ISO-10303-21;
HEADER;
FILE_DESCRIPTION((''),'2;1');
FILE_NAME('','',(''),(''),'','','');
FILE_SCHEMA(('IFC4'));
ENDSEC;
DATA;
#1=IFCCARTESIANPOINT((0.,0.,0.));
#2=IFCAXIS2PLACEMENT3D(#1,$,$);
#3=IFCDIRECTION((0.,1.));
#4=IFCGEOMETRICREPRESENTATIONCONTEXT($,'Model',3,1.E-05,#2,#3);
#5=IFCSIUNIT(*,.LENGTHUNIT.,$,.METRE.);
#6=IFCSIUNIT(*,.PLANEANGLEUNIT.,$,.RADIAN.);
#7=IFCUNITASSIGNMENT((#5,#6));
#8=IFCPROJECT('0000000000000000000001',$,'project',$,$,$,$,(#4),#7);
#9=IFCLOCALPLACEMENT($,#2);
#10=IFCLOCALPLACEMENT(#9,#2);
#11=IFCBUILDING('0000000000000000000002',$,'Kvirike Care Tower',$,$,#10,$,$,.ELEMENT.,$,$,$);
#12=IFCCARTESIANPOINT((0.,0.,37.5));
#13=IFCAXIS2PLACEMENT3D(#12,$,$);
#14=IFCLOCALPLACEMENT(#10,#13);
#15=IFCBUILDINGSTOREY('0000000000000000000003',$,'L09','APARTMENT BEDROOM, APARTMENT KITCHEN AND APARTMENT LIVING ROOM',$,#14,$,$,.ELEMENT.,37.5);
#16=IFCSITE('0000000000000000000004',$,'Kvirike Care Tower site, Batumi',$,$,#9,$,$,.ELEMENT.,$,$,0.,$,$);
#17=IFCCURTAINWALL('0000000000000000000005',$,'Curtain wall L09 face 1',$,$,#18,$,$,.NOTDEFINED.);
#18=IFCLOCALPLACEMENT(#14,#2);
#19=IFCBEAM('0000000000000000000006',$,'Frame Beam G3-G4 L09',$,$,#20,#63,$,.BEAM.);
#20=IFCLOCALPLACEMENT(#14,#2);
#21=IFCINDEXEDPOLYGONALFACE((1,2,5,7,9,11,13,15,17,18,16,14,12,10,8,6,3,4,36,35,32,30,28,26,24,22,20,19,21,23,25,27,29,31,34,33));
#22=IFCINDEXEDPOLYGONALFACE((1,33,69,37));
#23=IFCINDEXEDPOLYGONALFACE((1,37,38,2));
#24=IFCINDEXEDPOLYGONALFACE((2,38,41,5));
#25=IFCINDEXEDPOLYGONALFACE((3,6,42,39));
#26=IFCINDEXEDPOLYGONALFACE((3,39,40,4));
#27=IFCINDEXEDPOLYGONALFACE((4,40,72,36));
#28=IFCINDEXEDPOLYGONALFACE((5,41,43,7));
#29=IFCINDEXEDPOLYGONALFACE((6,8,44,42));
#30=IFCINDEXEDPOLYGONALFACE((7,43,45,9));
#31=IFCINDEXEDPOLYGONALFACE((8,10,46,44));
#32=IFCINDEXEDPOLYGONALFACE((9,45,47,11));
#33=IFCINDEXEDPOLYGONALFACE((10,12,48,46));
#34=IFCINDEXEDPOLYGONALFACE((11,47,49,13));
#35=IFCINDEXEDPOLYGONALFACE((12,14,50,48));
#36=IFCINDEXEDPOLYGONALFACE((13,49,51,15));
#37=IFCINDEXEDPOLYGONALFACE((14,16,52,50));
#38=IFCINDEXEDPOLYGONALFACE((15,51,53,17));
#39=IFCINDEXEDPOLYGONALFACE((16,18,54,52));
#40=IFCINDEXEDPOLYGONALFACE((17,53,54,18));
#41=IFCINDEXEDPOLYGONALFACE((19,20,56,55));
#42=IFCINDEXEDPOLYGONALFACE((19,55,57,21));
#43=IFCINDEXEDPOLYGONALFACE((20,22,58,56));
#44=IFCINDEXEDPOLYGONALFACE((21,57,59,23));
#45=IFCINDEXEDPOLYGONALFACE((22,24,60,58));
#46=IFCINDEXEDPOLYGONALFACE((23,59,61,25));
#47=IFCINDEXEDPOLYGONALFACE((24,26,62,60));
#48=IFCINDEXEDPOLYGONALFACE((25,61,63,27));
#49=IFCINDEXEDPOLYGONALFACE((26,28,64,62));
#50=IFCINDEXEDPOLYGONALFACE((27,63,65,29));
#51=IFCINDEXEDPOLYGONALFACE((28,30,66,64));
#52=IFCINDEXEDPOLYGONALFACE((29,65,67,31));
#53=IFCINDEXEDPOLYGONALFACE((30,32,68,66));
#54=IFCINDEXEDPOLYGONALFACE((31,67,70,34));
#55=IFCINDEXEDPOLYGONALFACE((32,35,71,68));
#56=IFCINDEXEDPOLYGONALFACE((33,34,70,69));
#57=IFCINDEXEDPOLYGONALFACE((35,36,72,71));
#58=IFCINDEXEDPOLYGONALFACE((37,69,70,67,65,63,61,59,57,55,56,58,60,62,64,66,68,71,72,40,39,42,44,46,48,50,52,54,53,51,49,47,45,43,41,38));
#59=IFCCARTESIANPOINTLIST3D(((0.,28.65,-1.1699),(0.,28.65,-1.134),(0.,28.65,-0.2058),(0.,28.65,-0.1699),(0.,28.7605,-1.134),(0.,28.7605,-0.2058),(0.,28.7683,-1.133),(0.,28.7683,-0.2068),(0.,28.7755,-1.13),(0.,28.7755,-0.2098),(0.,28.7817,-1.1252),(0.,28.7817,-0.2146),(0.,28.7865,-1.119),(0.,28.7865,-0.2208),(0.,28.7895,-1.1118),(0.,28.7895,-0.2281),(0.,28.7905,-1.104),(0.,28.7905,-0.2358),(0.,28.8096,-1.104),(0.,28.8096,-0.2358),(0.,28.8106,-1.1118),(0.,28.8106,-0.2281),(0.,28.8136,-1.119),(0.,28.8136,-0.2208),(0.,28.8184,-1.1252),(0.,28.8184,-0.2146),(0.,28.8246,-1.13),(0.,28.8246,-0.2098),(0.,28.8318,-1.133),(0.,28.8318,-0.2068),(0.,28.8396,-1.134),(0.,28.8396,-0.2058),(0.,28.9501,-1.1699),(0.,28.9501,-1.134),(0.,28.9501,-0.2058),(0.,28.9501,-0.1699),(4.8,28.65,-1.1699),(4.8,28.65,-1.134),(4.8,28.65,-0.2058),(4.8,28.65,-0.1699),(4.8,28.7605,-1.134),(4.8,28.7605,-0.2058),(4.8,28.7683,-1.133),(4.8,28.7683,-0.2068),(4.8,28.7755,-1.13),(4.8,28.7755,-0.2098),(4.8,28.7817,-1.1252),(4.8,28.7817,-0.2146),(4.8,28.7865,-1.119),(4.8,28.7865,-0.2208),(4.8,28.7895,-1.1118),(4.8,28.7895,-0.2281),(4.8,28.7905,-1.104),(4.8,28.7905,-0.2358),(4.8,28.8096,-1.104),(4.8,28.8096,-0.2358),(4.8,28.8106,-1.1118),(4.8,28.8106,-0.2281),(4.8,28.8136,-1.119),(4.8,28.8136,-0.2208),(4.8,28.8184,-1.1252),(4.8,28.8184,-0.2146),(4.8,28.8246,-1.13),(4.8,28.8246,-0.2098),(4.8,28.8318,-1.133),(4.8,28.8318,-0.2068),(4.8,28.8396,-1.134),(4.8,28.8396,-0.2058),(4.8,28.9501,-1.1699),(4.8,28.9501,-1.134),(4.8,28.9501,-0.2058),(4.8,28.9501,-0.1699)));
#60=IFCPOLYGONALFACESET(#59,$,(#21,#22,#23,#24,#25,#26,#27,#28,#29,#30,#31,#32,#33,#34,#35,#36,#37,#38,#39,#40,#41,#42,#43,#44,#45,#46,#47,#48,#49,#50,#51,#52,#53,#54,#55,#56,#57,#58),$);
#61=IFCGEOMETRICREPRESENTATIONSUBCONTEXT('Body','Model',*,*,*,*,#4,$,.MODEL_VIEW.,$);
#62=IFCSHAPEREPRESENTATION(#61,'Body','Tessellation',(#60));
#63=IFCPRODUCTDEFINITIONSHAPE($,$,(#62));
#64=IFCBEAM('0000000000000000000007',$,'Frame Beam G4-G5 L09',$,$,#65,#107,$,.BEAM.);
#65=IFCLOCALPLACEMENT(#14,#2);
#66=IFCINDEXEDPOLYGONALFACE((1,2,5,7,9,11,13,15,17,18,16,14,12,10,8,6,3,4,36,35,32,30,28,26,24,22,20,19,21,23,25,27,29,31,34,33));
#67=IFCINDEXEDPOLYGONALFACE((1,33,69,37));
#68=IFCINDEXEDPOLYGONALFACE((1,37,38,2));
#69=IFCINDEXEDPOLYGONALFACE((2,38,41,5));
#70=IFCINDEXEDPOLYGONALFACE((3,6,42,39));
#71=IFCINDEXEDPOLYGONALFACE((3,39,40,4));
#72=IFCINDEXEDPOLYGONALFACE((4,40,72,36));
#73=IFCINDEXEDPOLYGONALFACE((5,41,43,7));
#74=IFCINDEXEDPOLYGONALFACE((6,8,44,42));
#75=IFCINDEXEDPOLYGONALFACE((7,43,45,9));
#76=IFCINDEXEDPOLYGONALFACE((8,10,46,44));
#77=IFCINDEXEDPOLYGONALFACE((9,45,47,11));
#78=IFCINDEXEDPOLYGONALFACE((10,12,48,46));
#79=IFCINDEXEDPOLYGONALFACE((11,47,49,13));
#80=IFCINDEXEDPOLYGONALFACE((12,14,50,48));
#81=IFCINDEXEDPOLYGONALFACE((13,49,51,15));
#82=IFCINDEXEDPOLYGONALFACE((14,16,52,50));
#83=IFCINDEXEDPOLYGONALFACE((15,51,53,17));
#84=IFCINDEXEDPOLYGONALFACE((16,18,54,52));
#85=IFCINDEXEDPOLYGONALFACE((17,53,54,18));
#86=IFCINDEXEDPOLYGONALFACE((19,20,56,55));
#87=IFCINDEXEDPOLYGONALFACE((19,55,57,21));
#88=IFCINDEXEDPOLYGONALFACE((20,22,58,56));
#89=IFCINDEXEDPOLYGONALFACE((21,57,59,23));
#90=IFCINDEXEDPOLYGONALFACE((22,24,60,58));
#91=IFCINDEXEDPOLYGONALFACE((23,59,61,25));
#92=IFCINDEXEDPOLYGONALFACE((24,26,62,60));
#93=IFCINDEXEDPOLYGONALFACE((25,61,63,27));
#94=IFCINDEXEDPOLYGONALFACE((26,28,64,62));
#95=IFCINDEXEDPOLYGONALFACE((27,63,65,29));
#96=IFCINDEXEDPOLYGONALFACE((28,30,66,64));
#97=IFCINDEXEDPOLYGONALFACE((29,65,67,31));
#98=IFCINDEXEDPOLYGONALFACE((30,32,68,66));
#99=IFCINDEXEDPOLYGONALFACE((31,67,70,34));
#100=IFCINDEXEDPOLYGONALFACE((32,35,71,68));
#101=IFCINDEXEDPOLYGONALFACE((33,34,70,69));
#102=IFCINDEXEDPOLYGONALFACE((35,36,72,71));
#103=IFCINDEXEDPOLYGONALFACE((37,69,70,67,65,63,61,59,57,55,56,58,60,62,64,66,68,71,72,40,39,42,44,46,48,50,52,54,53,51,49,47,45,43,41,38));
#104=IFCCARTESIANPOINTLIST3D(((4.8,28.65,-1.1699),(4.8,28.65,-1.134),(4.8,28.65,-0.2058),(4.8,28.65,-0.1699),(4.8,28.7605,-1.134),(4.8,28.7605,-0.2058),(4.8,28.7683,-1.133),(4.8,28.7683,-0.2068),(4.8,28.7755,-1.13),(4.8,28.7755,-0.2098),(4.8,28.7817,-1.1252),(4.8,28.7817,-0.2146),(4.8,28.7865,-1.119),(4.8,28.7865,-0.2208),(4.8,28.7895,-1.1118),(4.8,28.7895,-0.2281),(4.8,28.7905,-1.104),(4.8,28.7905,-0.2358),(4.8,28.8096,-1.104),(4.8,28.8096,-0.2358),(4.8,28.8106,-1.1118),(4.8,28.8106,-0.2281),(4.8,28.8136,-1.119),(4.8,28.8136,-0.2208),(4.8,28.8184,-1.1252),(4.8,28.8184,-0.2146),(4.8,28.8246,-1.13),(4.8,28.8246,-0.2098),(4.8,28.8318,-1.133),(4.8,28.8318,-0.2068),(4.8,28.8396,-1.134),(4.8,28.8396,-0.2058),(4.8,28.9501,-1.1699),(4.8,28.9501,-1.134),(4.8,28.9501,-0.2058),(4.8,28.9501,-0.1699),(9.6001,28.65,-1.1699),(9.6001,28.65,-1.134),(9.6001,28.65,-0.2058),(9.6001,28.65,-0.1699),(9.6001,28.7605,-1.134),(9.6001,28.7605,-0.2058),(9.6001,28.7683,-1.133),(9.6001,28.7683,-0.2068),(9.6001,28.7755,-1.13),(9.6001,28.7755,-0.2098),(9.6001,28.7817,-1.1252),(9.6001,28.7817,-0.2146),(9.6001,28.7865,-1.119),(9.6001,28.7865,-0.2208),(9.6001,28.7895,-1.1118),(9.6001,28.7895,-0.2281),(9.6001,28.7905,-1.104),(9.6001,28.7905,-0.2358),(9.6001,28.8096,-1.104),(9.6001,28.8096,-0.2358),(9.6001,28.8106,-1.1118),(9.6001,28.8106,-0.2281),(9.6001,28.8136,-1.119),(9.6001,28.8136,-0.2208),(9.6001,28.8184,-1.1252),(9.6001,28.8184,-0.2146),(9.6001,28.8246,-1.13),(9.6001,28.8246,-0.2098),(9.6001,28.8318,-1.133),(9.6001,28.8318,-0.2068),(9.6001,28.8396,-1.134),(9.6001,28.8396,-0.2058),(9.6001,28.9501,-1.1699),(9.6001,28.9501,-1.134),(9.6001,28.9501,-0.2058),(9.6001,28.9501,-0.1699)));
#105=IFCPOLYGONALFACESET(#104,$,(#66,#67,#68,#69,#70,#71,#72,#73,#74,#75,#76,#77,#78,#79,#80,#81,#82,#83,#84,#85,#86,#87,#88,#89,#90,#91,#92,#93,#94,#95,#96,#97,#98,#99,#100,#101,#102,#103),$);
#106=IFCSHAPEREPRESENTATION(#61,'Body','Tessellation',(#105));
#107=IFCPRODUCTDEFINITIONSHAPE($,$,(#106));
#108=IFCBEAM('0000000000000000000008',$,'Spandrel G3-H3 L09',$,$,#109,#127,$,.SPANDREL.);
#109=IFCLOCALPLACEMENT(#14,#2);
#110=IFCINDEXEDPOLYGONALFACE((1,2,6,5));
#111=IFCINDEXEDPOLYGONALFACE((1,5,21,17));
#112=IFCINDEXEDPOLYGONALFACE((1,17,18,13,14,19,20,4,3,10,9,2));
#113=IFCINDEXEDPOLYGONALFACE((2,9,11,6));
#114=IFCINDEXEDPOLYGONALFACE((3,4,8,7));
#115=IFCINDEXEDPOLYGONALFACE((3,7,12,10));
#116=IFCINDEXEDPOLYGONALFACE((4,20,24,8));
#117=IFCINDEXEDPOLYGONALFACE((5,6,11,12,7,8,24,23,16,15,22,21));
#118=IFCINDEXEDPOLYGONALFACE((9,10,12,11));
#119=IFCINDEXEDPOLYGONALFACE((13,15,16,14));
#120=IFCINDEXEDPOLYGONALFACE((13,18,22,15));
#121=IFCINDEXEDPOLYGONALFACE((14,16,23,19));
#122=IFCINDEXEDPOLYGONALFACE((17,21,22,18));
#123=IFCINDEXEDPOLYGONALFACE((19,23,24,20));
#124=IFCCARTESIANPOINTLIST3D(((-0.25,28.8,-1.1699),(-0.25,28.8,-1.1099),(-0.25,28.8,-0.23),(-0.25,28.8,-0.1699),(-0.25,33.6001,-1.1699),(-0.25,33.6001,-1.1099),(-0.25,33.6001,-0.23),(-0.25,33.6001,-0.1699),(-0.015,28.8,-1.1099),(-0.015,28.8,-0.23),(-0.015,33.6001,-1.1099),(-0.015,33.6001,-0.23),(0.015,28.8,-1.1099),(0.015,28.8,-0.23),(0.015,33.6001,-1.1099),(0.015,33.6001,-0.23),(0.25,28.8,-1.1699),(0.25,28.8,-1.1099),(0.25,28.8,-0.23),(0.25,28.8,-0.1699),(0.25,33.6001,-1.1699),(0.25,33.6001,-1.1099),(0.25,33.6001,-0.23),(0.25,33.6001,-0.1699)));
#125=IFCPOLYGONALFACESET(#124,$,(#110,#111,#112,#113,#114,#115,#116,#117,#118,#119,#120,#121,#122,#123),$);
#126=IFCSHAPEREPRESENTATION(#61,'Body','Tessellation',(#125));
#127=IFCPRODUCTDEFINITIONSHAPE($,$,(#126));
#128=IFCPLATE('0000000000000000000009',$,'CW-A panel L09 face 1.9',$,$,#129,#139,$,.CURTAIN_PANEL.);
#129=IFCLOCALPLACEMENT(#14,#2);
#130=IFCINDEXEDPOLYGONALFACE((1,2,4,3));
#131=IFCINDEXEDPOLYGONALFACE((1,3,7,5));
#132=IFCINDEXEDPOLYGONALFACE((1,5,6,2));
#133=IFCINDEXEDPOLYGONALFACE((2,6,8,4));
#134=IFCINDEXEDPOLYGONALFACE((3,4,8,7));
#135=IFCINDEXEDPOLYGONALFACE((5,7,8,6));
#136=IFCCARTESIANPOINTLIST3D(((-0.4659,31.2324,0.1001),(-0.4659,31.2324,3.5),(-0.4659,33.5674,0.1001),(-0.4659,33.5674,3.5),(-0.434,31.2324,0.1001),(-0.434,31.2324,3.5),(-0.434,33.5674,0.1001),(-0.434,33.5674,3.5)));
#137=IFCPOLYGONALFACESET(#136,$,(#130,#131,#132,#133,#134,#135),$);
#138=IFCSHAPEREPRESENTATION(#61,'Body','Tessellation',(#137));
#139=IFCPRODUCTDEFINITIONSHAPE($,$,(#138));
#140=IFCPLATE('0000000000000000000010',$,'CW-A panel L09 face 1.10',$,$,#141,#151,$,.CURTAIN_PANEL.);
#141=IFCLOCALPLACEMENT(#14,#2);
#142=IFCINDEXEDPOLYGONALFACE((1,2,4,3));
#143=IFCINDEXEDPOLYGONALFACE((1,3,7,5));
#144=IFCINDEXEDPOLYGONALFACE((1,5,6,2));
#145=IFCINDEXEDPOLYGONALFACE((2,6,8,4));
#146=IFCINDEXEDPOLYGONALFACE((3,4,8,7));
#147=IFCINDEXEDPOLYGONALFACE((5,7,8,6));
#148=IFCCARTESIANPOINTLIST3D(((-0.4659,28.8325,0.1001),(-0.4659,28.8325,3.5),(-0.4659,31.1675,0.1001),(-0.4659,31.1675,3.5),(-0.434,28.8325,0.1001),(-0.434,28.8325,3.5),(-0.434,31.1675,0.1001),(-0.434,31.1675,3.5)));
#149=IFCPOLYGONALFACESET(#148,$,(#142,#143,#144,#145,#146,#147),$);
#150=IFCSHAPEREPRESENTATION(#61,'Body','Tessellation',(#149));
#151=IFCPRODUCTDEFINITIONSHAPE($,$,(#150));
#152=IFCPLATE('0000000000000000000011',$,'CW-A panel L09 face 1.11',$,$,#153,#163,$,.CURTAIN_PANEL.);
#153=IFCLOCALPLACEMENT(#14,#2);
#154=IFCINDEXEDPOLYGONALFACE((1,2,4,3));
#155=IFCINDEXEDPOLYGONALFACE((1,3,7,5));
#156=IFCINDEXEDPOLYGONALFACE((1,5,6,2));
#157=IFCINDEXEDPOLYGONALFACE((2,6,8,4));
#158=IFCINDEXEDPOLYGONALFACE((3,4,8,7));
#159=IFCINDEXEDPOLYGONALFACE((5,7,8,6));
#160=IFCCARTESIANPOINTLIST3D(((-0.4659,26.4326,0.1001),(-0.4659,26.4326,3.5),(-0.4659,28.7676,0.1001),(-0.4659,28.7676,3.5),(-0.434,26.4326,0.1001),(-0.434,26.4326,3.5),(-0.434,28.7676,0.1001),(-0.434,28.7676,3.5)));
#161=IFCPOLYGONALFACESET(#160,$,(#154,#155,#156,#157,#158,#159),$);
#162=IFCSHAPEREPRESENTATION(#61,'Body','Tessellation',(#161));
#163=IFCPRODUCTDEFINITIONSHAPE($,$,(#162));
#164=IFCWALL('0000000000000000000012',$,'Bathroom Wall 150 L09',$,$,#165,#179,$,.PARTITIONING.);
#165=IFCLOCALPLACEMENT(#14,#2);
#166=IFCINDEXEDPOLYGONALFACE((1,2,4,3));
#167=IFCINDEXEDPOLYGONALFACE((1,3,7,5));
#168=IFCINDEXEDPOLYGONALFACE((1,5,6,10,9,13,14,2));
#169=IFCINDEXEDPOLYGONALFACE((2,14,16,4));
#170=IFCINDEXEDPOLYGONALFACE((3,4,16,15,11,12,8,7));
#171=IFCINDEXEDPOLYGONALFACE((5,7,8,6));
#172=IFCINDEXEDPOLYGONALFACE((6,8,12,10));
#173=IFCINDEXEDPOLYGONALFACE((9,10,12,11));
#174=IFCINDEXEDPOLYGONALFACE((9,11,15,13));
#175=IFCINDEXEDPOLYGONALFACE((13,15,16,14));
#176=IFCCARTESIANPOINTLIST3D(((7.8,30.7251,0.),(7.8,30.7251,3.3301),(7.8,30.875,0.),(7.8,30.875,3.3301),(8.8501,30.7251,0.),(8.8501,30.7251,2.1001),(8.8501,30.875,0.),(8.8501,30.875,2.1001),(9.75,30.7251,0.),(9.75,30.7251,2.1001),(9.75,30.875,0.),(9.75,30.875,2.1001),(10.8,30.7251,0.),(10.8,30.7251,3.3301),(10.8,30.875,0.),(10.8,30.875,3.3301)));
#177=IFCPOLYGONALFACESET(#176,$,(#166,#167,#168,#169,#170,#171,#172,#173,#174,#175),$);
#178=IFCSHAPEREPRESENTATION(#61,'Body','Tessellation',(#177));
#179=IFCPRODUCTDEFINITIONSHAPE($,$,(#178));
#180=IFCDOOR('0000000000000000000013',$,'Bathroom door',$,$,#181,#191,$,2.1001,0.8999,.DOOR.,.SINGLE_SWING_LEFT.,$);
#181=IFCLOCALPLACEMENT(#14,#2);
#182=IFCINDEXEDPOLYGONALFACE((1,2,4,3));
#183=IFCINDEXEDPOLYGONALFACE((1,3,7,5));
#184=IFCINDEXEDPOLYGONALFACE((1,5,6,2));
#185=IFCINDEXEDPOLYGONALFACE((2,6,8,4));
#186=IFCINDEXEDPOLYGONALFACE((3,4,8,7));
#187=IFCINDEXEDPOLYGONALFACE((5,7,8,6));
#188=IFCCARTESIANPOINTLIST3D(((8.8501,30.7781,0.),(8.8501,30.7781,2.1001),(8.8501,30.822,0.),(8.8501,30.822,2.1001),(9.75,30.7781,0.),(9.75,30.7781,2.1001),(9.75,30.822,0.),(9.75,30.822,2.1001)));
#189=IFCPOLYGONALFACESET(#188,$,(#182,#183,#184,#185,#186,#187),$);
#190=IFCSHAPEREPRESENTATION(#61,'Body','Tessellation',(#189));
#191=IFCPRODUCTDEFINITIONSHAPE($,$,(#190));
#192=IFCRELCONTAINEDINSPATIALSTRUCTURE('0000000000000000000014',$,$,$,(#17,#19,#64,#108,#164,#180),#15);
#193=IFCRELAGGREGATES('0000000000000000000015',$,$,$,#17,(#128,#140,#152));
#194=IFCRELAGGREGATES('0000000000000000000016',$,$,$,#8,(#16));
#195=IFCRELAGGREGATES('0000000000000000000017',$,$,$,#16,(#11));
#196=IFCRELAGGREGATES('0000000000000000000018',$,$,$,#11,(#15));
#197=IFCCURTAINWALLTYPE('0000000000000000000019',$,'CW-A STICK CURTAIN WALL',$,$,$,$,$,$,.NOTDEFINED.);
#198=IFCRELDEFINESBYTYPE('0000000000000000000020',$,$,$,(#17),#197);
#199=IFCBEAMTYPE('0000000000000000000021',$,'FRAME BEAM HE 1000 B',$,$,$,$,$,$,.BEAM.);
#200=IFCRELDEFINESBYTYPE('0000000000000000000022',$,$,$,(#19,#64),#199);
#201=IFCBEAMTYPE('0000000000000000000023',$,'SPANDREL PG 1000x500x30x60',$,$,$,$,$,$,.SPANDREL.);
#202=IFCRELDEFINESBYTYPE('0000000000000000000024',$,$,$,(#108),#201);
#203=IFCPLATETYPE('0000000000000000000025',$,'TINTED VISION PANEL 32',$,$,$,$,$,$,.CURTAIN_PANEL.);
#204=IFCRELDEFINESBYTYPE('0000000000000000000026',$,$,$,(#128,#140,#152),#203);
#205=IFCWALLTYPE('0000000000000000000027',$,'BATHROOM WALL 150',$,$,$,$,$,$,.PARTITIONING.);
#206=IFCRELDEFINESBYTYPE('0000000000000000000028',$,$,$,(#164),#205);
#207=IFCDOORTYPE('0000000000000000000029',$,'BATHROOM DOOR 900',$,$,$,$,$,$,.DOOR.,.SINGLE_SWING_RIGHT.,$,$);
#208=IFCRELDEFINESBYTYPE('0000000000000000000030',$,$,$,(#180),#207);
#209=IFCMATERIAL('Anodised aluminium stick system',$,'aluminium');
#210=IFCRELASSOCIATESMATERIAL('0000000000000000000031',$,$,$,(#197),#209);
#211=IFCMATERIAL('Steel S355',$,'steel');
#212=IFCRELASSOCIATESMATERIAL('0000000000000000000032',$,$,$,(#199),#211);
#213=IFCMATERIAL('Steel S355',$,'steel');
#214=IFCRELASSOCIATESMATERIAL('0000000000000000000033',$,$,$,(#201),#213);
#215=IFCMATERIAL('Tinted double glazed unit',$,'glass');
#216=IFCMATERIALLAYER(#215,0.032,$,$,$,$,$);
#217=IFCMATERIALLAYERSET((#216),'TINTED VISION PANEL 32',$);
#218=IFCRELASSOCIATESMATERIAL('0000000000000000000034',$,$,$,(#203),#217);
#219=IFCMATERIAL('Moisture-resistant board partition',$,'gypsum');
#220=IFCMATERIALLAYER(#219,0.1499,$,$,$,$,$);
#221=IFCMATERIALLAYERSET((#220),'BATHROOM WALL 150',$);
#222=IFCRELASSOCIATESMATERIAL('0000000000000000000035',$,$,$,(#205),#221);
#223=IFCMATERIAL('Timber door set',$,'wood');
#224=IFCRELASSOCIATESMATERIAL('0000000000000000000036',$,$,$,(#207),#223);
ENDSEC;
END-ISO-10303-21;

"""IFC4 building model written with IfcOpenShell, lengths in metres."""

from ifc_helpers import new_model, si_unit, direction, frame, frame_2d, origin, origin_2d, place, context, subcontext, project, spatial, rectangle, i_section, extrude, material, layer, layer_set, material_profile, profile_set, type_object, element, fill, aggregate, save


model = new_model("IFC4")

# Units and contexts
model_context = context("Model", 3, precision=1e-05, world=origin(), true_north=direction((0.0, 1.0)))
body_context = subcontext(model_context, "Body", "Model", "MODEL_VIEW")
ifc_project = project(units=[si_unit("LENGTHUNIT", "METRE"), si_unit("PLANEANGLEUNIT", "RADIAN")], contexts=[model_context])

# Site, building, storey
site_placement = place(None, origin())
site = spatial("IfcSite", under=ifc_project, at=site_placement, Name="Kvirike Care Tower site, Batumi", CompositionType="ELEMENT", RefElevation=0.0)
building_placement = place(site_placement, origin())
building = spatial("IfcBuilding", under=site, at=building_placement, Name="Kvirike Care Tower", CompositionType="ELEMENT")
storey_placement = place(building_placement, frame((0.0, 0.0, 37.5)))
storey = spatial("IfcBuildingStorey", under=building, at=storey_placement, Name="L09", Description="APARTMENT BEDROOM, APARTMENT KITCHEN AND APARTMENT LIVING ROOM", CompositionType="ELEMENT", Elevation=37.5)

# Curtain wall
ifc_material_1 = material(Name="Anodised aluminium stick system", Category="aluminium")
curtain_wall_type = type_object("IfcCurtainWallType", Name="CW-A STICK CURTAIN WALL", PredefinedType="NOTDEFINED", material=ifc_material_1)
curtain_wall_placement = place(storey_placement, origin())
curtain_wall = element("IfcCurtainWall", 1, at=curtain_wall_placement, inside=storey, type_object=curtain_wall_type, Name="Curtain wall L09 face 1", PredefinedType="NOTDEFINED")

# Beams
ifc_material_2 = material(Name="Steel S355", Category="steel")
ifc_material_profile_1 = material_profile(ifc_material_2, i_section(OverallWidth=0.3, OverallDepth=1.0, WebThickness=0.019, FlangeThickness=0.0359, FilletRadius=0.03, at=origin_2d()), Name="HE 1000 B")
ifc_profile_set_1 = profile_set([ifc_material_profile_1], Name="Steel S355")
beam_type_1 = type_object("IfcBeamType", Name="FRAME BEAM HE 1000 B", PredefinedType="BEAM", material=ifc_profile_set_1)
for number, where, z_axis, x_axis, name in (
    (2, (0.0, 28.8, -0.6699), (1.0, 0.0, 0.0), (0.0, 1.0, 0.0), "Frame Beam G3-G4 L09"),
    (3, (4.8, 28.8, -0.6699), (1.0, 0.0, 0.0), (0.0, 1.0, 0.0), "Frame Beam G4-G5 L09"),
):
    element("IfcBeam", number, at=place(storey_placement, frame(where, z_axis=z_axis, x_axis=x_axis)), inside=storey, type_object=beam_type_1, Name=name, PredefinedType="BEAM", context=body_context, shape_type="SweptSolid", body=[
        extrude(i_section(OverallWidth=0.3, OverallDepth=1.0, WebThickness=0.019, FlangeThickness=0.0359, FilletRadius=0.03, at=origin_2d()), origin(), (0.0, 0.0, 1.0), 4.8),
    ])
ifc_material_3 = material(Name="Steel S355", Category="steel")
ifc_material_profile_2 = material_profile(ifc_material_3, i_section(OverallWidth=0.5, OverallDepth=1.0, WebThickness=0.03, FlangeThickness=0.0601, at=origin_2d()), Name="PG 1000x500x30x60")
ifc_profile_set_2 = profile_set([ifc_material_profile_2], Name="Steel S355")
beam_type_2 = type_object("IfcBeamType", Name="SPANDREL PG 1000x500x30x60", PredefinedType="SPANDREL", material=ifc_profile_set_2)
beam_placement = place(storey_placement, frame((0.0, 28.8, -0.6699), z_axis=(0.0, 1.0, 0.0), x_axis=(-1.0, 0.0, 0.0)))
element("IfcBeam", 4, at=beam_placement, inside=storey, type_object=beam_type_2, Name="Spandrel G3-H3 L09", PredefinedType="SPANDREL", context=body_context, shape_type="SweptSolid", body=[
    extrude(i_section(OverallWidth=0.5, OverallDepth=1.0, WebThickness=0.03, FlangeThickness=0.0601, at=origin_2d()), origin(), (0.0, 0.0, 1.0), 4.8),
])

# Plates
ifc_material_4 = material(Name="Tinted double glazed unit", Category="glass")
ifc_layer_1 = layer(ifc_material_4, 0.032)
ifc_layer_set_1 = layer_set([ifc_layer_1], Name="TINTED VISION PANEL 32")
plate_type = type_object("IfcPlateType", Name="TINTED VISION PANEL 32", PredefinedType="CURTAIN_PANEL", material=ifc_layer_set_1)
plate_1_placement = place(storey_placement, frame((-0.45, 32.3999, 0.1001), z_axis=(0.0, 0.0, 1.0), x_axis=(0.0, -1.0, 0.0)))
plate_1 = element("IfcPlate", 5, at=plate_1_placement, type_object=plate_type, Name="CW-A panel L09 face 1.9", PredefinedType="CURTAIN_PANEL", context=body_context, shape_type="SweptSolid", body=[
    extrude(rectangle(XDim=2.335, YDim=0.032, at=origin_2d()), origin(), (0.0, 0.0, 1.0), 3.3999),
])
plate_2_placement = place(storey_placement, frame((-0.45, 30.0, 0.1001), z_axis=(0.0, 0.0, 1.0), x_axis=(0.0, -1.0, 0.0)))
plate_2 = element("IfcPlate", 6, at=plate_2_placement, type_object=plate_type, Name="CW-A panel L09 face 1.10", PredefinedType="CURTAIN_PANEL", context=body_context, shape_type="SweptSolid", body=[
    extrude(rectangle(XDim=2.335, YDim=0.032, at=origin_2d()), origin(), (0.0, 0.0, 1.0), 3.3999),
])
plate_3_placement = place(storey_placement, frame((-0.45, 27.6001, 0.1001), z_axis=(0.0, 0.0, 1.0), x_axis=(0.0, -1.0, 0.0)))
plate_3 = element("IfcPlate", 7, at=plate_3_placement, type_object=plate_type, Name="CW-A panel L09 face 1.11", PredefinedType="CURTAIN_PANEL", context=body_context, shape_type="SweptSolid", body=[
    extrude(rectangle(XDim=2.335, YDim=0.032, at=origin_2d()), origin(), (0.0, 0.0, 1.0), 3.3999),
])
aggregate(curtain_wall, [plate_1, plate_2, plate_3])

# Wall, opening, door
ifc_material_5 = material(Name="Moisture-resistant board partition", Category="gypsum")
ifc_layer_2 = layer(ifc_material_5, 0.1499)
ifc_layer_set_2 = layer_set([ifc_layer_2], Name="BATHROOM WALL 150")
wall_type_1 = type_object("IfcWallType", Name="BATHROOM WALL 150", PredefinedType="PARTITIONING", material=ifc_layer_set_2)
wall_1_placement = place(storey_placement, frame((7.8, 30.8, 0.0), z_axis=(0.0, 0.0, 1.0), x_axis=(1.0, 0.0, 0.0)))
wall_1 = element("IfcWall", 8, at=wall_1_placement, inside=storey, type_object=wall_type_1, Name="Bathroom Wall 150 L09", PredefinedType="PARTITIONING", context=body_context, shape_type="SweptSolid", body=[
    extrude(rectangle(XDim=3.0, YDim=0.1499, at=frame_2d((1.5, 0.0))), origin(), (0.0, 0.0, 1.0), 3.3301),
])
opening_1_placement = place(wall_1_placement, frame((1.05, 0.0, 0.0)))
opening_1 = element("IfcOpeningElement", 9, at=opening_1_placement, cuts=wall_1, PredefinedType="OPENING", context=body_context, shape_type="SweptSolid", body=[
    extrude(rectangle(XDim=0.8999, YDim=2.1001, at=frame_2d((0.45, 1.05))), frame((0.0, 0.0854, 0.0), z_axis=(0.0, -1.0, 0.0), x_axis=(1.0, 0.0, 0.0)), (0.0, 0.0, 1.0), 0.1709),
])
ifc_material_6 = material(Name="Timber door set", Category="wood")
door_type_1 = type_object("IfcDoorType", Name="BATHROOM DOOR 900", OperationType="SINGLE_SWING_RIGHT", PredefinedType="DOOR", material=ifc_material_6)
door_1_placement = place(opening_1_placement, origin())
door_1 = element("IfcDoor", 10, at=door_1_placement, inside=storey, type_object=door_type_1, Name="Bathroom door", OperationType="SINGLE_SWING_LEFT", OverallHeight=2.1001, OverallWidth=0.8999, PredefinedType="DOOR", context=body_context, shape_type="SweptSolid", body=[
    extrude(rectangle(XDim=0.8999, YDim=2.1001, at=frame_2d((0.45, 1.05))), frame((0.0, 0.022, 0.0), z_axis=(0.0, -1.0, 0.0), x_axis=(1.0, 0.0, 0.0)), (0.0, 0.0, 1.0), 0.0439),
])
fill(opening_1, door_1)

save(model, "model.ifc")
